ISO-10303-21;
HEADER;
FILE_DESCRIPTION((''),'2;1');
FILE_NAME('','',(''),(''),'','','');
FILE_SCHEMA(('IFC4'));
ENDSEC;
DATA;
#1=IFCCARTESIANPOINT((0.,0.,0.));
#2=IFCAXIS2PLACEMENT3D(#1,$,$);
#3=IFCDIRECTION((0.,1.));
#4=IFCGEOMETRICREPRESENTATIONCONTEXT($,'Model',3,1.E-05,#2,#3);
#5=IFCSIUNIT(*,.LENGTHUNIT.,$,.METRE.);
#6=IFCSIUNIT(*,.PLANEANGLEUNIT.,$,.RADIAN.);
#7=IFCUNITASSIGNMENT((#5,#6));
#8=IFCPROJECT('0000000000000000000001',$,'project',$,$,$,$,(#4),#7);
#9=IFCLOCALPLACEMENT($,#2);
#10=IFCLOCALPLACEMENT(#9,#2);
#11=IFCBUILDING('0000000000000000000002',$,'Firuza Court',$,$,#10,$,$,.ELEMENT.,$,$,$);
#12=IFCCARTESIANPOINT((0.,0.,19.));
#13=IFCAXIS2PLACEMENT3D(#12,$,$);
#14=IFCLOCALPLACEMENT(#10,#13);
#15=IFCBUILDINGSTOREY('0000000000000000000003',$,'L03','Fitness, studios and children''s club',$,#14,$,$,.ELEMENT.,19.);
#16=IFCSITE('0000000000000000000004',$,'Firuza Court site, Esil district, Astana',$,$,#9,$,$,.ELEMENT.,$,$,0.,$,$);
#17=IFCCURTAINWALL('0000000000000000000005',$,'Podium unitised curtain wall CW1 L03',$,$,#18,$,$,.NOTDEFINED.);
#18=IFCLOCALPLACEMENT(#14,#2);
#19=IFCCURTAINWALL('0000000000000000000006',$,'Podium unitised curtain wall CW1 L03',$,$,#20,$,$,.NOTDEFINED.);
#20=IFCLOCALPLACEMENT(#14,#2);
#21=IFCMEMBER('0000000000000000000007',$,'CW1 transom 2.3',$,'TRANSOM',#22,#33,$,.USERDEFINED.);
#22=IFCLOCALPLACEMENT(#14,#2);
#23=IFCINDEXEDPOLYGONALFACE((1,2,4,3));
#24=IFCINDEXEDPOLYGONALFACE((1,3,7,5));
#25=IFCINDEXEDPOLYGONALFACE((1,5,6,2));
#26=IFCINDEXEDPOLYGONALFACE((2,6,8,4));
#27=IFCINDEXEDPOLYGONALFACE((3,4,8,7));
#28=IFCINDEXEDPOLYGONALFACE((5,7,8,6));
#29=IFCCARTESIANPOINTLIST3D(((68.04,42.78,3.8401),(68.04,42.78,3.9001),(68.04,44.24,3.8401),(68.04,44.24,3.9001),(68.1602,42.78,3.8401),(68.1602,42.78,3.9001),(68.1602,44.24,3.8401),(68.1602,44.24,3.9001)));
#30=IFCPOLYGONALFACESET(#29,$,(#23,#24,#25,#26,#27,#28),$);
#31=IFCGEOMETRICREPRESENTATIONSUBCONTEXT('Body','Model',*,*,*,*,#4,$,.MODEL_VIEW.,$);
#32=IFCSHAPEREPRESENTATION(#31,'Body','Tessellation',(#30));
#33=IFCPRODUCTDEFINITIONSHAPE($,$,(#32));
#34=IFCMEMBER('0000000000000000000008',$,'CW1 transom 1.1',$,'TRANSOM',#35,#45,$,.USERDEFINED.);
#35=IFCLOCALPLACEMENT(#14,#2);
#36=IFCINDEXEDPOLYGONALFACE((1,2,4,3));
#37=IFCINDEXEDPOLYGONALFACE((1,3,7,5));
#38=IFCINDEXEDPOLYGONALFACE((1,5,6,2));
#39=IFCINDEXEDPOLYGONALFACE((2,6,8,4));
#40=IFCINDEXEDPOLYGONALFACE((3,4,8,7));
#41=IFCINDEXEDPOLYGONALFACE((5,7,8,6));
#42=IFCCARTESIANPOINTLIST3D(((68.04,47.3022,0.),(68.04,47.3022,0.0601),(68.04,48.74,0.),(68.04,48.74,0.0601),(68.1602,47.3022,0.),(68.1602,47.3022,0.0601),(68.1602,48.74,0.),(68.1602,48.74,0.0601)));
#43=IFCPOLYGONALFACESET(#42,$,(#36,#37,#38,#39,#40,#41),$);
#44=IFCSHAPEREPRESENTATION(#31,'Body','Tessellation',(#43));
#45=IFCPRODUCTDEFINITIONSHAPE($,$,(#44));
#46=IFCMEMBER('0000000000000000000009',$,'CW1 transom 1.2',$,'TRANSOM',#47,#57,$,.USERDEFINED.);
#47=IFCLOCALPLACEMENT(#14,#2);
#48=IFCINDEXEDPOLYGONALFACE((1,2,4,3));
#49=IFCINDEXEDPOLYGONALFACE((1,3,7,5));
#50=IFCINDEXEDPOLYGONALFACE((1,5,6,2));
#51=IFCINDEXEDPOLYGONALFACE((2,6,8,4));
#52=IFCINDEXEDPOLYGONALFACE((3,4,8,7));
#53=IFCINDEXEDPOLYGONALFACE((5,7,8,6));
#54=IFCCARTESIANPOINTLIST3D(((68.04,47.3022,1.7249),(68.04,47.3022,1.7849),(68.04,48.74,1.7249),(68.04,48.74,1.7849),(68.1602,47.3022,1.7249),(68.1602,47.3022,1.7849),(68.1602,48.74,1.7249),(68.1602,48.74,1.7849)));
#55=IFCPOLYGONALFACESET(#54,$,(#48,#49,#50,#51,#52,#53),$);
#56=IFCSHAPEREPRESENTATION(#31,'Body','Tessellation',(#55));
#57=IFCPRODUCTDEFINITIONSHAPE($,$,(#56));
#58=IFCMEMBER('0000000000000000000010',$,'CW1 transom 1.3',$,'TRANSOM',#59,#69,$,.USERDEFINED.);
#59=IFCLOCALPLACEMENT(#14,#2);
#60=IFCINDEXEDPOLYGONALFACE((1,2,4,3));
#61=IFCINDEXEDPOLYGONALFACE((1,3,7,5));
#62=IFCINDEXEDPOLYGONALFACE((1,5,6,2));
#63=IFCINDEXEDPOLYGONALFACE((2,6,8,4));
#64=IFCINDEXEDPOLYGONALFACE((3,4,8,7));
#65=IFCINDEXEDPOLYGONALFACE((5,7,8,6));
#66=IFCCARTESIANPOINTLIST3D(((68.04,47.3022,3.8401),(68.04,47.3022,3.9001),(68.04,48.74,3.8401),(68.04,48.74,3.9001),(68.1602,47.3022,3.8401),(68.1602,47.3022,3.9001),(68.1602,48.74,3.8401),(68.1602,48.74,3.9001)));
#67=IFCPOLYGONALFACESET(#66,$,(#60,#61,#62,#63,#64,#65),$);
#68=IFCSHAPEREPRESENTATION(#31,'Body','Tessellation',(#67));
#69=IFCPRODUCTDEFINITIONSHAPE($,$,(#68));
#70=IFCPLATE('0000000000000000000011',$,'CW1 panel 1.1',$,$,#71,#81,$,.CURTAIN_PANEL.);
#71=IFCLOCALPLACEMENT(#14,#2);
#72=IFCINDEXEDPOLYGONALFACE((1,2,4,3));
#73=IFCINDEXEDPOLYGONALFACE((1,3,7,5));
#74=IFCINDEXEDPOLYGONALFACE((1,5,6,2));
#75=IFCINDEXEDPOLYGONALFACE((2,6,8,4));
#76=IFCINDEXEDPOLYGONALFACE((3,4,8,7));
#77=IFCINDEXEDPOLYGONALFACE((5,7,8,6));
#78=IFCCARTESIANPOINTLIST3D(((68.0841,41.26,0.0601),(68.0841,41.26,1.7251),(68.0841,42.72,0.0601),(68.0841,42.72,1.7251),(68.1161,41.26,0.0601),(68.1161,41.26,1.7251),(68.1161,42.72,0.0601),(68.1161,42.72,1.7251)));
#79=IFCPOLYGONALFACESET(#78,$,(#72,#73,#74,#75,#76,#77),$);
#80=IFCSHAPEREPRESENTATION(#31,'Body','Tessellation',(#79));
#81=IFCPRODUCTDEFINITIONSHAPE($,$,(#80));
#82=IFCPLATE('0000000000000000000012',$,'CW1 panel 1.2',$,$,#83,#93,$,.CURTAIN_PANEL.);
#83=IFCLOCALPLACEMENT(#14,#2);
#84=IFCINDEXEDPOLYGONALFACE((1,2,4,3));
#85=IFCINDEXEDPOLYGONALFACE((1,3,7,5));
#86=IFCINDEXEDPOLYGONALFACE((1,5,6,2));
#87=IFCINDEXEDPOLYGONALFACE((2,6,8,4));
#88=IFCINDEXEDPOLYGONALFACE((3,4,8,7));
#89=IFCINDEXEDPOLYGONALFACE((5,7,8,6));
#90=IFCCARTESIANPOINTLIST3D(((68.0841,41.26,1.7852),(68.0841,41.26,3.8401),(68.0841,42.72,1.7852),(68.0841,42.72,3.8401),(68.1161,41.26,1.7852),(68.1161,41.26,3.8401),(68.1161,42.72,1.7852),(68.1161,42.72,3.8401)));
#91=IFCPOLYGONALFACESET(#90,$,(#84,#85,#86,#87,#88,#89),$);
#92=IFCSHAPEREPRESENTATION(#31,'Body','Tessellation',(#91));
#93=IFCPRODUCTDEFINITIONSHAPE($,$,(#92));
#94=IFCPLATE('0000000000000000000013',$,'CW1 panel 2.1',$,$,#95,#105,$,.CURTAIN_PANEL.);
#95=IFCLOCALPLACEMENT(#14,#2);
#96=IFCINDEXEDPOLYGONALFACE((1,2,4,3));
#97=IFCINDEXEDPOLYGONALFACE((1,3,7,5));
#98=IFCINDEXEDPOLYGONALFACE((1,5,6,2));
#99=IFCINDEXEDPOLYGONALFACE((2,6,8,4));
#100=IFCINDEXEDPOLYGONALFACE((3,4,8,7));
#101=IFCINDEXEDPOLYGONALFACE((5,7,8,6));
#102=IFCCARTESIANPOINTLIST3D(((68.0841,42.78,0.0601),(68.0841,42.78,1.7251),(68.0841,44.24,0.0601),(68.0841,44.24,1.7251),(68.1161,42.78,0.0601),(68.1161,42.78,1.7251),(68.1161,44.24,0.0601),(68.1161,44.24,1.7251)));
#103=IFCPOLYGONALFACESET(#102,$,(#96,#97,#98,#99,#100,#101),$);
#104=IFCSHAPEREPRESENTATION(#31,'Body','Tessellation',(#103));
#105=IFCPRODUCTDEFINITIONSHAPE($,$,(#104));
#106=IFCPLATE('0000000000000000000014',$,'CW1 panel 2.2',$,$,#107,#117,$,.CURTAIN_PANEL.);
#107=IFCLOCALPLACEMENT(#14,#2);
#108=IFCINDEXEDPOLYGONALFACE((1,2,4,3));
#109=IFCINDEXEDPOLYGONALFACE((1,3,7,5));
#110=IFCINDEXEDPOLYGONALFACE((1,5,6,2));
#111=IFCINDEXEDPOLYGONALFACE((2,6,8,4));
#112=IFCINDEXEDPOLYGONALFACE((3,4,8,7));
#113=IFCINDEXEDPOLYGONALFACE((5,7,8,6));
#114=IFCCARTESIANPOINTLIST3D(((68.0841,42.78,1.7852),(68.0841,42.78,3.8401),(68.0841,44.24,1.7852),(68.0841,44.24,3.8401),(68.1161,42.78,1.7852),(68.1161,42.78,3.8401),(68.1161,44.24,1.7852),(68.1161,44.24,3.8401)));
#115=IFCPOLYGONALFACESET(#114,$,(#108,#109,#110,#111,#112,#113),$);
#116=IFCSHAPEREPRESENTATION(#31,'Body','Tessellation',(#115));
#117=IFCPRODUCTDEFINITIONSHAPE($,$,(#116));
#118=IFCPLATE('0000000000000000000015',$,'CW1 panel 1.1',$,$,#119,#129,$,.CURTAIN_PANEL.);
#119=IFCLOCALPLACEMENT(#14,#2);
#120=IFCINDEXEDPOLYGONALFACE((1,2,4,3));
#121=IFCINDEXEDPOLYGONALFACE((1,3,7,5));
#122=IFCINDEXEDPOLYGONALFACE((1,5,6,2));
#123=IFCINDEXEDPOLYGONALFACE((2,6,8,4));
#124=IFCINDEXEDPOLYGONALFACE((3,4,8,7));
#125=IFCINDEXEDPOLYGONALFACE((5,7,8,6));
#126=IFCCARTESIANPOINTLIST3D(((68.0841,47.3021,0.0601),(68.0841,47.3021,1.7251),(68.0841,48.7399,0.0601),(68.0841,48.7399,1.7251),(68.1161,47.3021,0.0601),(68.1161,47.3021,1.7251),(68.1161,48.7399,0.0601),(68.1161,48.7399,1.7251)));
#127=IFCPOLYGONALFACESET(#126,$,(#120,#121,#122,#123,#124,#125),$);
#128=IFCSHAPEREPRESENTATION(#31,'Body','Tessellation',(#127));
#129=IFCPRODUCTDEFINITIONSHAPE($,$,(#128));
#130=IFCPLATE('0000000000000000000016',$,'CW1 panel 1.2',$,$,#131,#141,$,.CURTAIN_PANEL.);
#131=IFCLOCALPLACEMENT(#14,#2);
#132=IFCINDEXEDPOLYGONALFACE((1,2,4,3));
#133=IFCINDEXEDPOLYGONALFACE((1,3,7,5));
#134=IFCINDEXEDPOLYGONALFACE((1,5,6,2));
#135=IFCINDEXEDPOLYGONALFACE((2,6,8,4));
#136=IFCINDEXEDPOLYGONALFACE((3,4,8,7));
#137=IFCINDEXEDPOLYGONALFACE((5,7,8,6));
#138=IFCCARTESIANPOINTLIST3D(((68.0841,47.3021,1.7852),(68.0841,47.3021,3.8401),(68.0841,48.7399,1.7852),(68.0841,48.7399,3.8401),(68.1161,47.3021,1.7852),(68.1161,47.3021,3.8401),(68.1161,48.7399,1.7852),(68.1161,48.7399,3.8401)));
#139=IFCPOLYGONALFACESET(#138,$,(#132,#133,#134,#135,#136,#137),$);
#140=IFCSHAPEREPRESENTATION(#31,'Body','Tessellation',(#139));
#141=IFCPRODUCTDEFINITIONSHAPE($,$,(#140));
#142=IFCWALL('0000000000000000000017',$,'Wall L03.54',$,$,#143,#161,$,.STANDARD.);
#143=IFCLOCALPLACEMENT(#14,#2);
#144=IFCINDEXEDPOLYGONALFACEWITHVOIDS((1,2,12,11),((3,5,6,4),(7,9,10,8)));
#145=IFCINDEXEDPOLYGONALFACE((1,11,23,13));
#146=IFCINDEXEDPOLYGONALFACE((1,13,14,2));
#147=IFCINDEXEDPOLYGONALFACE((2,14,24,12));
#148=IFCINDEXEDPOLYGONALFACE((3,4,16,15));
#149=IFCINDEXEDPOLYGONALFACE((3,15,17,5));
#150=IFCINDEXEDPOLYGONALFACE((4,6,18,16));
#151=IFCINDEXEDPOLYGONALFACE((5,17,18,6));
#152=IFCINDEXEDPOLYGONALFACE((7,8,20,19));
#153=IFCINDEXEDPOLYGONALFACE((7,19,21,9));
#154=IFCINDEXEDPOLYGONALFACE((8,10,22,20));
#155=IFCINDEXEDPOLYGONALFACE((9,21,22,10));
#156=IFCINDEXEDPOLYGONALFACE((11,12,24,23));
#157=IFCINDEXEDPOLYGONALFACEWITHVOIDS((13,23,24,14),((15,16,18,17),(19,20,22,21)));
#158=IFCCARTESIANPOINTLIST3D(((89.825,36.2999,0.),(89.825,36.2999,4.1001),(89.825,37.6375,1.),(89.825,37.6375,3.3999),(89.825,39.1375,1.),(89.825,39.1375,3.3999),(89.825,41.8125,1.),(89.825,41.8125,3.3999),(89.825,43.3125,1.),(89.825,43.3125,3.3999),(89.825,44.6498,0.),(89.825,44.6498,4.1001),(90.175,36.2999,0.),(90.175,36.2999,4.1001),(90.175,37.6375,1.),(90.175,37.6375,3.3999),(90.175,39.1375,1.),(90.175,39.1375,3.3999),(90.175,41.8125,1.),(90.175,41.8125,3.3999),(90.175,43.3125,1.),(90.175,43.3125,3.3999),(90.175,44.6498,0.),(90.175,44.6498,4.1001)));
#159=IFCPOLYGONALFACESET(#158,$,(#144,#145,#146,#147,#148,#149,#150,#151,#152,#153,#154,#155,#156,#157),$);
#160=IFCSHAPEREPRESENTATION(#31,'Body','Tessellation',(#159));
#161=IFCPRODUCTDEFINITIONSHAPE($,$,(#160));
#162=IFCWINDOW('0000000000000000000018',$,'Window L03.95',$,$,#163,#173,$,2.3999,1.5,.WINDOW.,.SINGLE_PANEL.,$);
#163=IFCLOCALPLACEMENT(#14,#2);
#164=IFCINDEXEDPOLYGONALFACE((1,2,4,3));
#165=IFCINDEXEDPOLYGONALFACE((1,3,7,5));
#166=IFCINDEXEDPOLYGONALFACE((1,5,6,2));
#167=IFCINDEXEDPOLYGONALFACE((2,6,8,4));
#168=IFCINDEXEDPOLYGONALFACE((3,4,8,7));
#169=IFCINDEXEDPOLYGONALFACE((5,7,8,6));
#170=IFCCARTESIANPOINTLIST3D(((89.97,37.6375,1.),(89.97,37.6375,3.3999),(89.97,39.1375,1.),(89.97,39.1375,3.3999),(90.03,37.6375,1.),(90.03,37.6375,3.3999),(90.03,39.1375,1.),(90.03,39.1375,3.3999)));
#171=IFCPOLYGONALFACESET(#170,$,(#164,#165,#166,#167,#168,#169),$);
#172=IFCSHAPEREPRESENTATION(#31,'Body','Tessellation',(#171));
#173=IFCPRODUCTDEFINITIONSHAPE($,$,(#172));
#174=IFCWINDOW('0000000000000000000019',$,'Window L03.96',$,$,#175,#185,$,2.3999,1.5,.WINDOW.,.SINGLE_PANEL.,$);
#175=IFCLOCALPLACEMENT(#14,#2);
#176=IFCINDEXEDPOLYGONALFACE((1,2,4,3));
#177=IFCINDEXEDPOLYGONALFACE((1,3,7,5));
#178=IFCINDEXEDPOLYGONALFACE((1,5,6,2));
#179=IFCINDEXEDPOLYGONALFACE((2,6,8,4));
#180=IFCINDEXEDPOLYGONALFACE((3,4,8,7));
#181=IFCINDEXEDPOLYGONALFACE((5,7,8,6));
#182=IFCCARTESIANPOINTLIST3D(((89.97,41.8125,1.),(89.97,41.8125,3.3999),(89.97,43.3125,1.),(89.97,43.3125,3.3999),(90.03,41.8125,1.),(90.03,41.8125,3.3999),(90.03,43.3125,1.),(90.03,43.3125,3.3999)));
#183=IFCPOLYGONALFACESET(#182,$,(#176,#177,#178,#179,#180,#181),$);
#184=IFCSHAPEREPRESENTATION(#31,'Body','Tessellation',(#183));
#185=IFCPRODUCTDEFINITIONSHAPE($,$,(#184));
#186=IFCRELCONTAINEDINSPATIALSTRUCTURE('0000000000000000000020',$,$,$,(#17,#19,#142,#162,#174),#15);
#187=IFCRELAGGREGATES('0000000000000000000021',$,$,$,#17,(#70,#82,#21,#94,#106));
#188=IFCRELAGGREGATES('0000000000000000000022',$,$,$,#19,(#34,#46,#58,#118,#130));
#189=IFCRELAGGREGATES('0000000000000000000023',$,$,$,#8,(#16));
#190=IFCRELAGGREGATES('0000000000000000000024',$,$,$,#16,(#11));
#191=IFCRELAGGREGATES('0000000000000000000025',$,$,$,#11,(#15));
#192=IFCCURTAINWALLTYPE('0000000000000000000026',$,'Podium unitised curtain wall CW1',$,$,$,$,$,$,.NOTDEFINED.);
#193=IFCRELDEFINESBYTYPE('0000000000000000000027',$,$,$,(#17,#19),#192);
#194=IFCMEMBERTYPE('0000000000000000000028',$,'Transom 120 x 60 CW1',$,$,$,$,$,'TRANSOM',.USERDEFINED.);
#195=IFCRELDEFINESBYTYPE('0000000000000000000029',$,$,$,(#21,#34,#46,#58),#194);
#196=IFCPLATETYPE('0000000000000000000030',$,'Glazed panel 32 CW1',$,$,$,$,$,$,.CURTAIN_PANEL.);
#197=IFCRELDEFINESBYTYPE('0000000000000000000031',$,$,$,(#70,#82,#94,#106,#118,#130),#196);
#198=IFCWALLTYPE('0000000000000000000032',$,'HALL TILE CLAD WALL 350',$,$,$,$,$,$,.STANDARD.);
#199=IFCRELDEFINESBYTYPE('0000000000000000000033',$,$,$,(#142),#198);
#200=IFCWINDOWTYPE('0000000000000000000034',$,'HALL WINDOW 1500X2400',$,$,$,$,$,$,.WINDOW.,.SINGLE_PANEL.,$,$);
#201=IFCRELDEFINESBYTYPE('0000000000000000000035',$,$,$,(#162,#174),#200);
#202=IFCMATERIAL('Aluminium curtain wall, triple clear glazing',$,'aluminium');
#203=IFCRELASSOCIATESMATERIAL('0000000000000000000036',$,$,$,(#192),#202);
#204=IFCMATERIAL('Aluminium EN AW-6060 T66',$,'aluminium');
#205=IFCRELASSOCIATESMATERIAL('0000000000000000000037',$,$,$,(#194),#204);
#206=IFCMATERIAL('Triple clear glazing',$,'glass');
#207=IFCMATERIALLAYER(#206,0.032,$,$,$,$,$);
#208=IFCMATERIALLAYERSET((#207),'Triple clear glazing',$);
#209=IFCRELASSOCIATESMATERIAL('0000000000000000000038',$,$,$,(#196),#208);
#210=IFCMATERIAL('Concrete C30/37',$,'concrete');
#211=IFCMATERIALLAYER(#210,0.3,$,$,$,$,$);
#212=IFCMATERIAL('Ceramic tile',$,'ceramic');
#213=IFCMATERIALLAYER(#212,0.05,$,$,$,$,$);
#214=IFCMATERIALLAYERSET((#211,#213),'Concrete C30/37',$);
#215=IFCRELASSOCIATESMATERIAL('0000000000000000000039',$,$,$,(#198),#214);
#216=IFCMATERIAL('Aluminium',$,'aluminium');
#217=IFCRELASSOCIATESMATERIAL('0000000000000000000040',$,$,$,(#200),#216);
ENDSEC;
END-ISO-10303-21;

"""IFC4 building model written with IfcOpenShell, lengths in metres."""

from ifc_helpers import new_model, si_unit, direction, frame, frame_2d, origin, origin_2d, place, context, subcontext, project, spatial, rectangle, extrude, material, layer, layer_set, material_profile, profile_set, type_object, element, fill, aggregate, save


model = new_model("IFC4")

# Units and contexts
model_context = context("Model", 3, precision=1e-05, world=origin(), true_north=direction((0.0, 1.0)))
body_context = subcontext(model_context, "Body", "Model", "MODEL_VIEW")
ifc_project = project(units=[si_unit("LENGTHUNIT", "METRE"), si_unit("PLANEANGLEUNIT", "RADIAN")], contexts=[model_context])

# Site, building, storey
site_placement = place(None, origin())
site = spatial("IfcSite", under=ifc_project, at=site_placement, Name="Firuza Court site, Esil district, Astana", CompositionType="ELEMENT", RefElevation=0.0)
building_placement = place(site_placement, origin())
building = spatial("IfcBuilding", under=site, at=building_placement, Name="Firuza Court", CompositionType="ELEMENT")
storey_placement = place(building_placement, frame((0.0, 0.0, 19.0)))
storey = spatial("IfcBuildingStorey", under=building, at=storey_placement, Name="L03", Description="Fitness, studios and children's club", CompositionType="ELEMENT", Elevation=19.0)

# Shared definitions
ifc_material_1 = material(Name="Aluminium curtain wall, triple clear glazing", Category="aluminium")
curtain_wall_type_1 = type_object("IfcCurtainWallType", Name="Podium unitised curtain wall CW1", PredefinedType="NOTDEFINED", material=ifc_material_1)

# Curtain walls
curtain_wall_1_placement = place(storey_placement, origin())
curtain_wall_1 = element("IfcCurtainWall", 1, at=curtain_wall_1_placement, inside=storey, type_object=curtain_wall_type_1, Name="Podium unitised curtain wall CW1 L03", PredefinedType="NOTDEFINED")
curtain_wall_2_placement = place(storey_placement, origin())
curtain_wall_2 = element("IfcCurtainWall", 2, at=curtain_wall_2_placement, inside=storey, type_object=curtain_wall_type_1, Name="Podium unitised curtain wall CW1 L03", PredefinedType="NOTDEFINED")

# Members
ifc_material_2 = material(Name="Aluminium EN AW-6060 T66", Category="aluminium")
ifc_material_profile_1 = material_profile(ifc_material_2, rectangle(XDim=0.1201, YDim=0.0601, at=origin_2d()), Name="Transom 120 x 60 CW1")
ifc_profile_set_1 = profile_set([ifc_material_profile_1], Name="Aluminium EN AW-6060 T66")
member_type_1 = type_object("IfcMemberType", Name="Transom 120 x 60 CW1", ElementType="TRANSOM", PredefinedType="USERDEFINED", material=ifc_profile_set_1)
member_1_placement = place(storey_placement, frame((68.1001, 42.78, 3.8701), z_axis=(0.0, 1.0, 0.0), x_axis=(-1.0, 0.0, 0.0)))
member_1 = element("IfcMember", 3, at=member_1_placement, type_object=member_type_1, Name="CW1 transom 2.3", ObjectType="TRANSOM", PredefinedType="USERDEFINED", context=body_context, shape_type="SweptSolid", body=[
    extrude(rectangle(XDim=0.1201, YDim=0.0601, at=origin_2d()), origin(), (0.0, 0.0, 1.0), 1.46),
])
member_2_placement = place(storey_placement, frame((68.1001, 47.3022, 0.03), z_axis=(0.0, 1.0, 0.0), x_axis=(-1.0, 0.0, 0.0)))
member_2 = element("IfcMember", 4, at=member_2_placement, type_object=member_type_1, Name="CW1 transom 1.1", ObjectType="TRANSOM", PredefinedType="USERDEFINED", context=body_context, shape_type="SweptSolid", body=[
    extrude(rectangle(XDim=0.1201, YDim=0.0601, at=origin_2d()), origin(), (0.0, 0.0, 1.0), 1.4377),
])
member_3_placement = place(storey_placement, frame((68.1001, 47.3022, 1.7549), z_axis=(0.0, 1.0, 0.0), x_axis=(-1.0, 0.0, 0.0)))
member_3 = element("IfcMember", 5, at=member_3_placement, type_object=member_type_1, Name="CW1 transom 1.2", ObjectType="TRANSOM", PredefinedType="USERDEFINED", context=body_context, shape_type="SweptSolid", body=[
    extrude(rectangle(XDim=0.1201, YDim=0.0601, at=origin_2d()), origin(), (0.0, 0.0, 1.0), 1.4377),
])
member_4_placement = place(storey_placement, frame((68.1001, 47.3022, 3.8701), z_axis=(0.0, 1.0, 0.0), x_axis=(-1.0, 0.0, 0.0)))
member_4 = element("IfcMember", 6, at=member_4_placement, type_object=member_type_1, Name="CW1 transom 1.3", ObjectType="TRANSOM", PredefinedType="USERDEFINED", context=body_context, shape_type="SweptSolid", body=[
    extrude(rectangle(XDim=0.1201, YDim=0.0601, at=origin_2d()), origin(), (0.0, 0.0, 1.0), 1.4377),
])

# Plates
ifc_material_3 = material(Name="Triple clear glazing", Category="glass")
ifc_layer_1 = layer(ifc_material_3, 0.032)
ifc_layer_set_1 = layer_set([ifc_layer_1], Name="Triple clear glazing")
plate_type = type_object("IfcPlateType", Name="Glazed panel 32 CW1", PredefinedType="CURTAIN_PANEL", material=ifc_layer_set_1)
plate_1_placement = place(storey_placement, frame((68.1001, 41.99, 0.0601), z_axis=(0.0, 0.0, 1.0), x_axis=(0.0, 1.0, 0.0)))
plate_1 = element("IfcPlate", 7, at=plate_1_placement, type_object=plate_type, Name="CW1 panel 1.1", PredefinedType="CURTAIN_PANEL", context=body_context, shape_type="SweptSolid", body=[
    extrude(rectangle(XDim=1.46, YDim=0.032, at=origin_2d()), origin(), (0.0, 0.0, 1.0), 1.665),
])
plate_2_placement = place(storey_placement, frame((68.1001, 41.99, 1.7852), z_axis=(0.0, 0.0, 1.0), x_axis=(0.0, 1.0, 0.0)))
plate_2 = element("IfcPlate", 8, at=plate_2_placement, type_object=plate_type, Name="CW1 panel 1.2", PredefinedType="CURTAIN_PANEL", context=body_context, shape_type="SweptSolid", body=[
    extrude(rectangle(XDim=1.46, YDim=0.032, at=origin_2d()), origin(), (0.0, 0.0, 1.0), 2.0549),
])
plate_3_placement = place(storey_placement, frame((68.1001, 43.51, 0.0601), z_axis=(0.0, 0.0, 1.0), x_axis=(0.0, 1.0, 0.0)))
plate_3 = element("IfcPlate", 9, at=plate_3_placement, type_object=plate_type, Name="CW1 panel 2.1", PredefinedType="CURTAIN_PANEL", context=body_context, shape_type="SweptSolid", body=[
    extrude(rectangle(XDim=1.46, YDim=0.032, at=origin_2d()), origin(), (0.0, 0.0, 1.0), 1.665),
])
plate_4_placement = place(storey_placement, frame((68.1001, 43.51, 1.7852), z_axis=(0.0, 0.0, 1.0), x_axis=(0.0, 1.0, 0.0)))
plate_4 = element("IfcPlate", 10, at=plate_4_placement, type_object=plate_type, Name="CW1 panel 2.2", PredefinedType="CURTAIN_PANEL", context=body_context, shape_type="SweptSolid", body=[
    extrude(rectangle(XDim=1.46, YDim=0.032, at=origin_2d()), origin(), (0.0, 0.0, 1.0), 2.0549),
])
aggregate(curtain_wall_1, [plate_1, plate_2, member_1, plate_3, plate_4])
plate_5_placement = place(storey_placement, frame((68.1001, 48.021, 0.0601), z_axis=(0.0, 0.0, 1.0), x_axis=(0.0, 1.0, 0.0)))
plate_5 = element("IfcPlate", 11, at=plate_5_placement, type_object=plate_type, Name="CW1 panel 1.1", PredefinedType="CURTAIN_PANEL", context=body_context, shape_type="SweptSolid", body=[
    extrude(rectangle(XDim=1.4377, YDim=0.032, at=origin_2d()), origin(), (0.0, 0.0, 1.0), 1.665),
])
plate_6_placement = place(storey_placement, frame((68.1001, 48.021, 1.7852), z_axis=(0.0, 0.0, 1.0), x_axis=(0.0, 1.0, 0.0)))
plate_6 = element("IfcPlate", 12, at=plate_6_placement, type_object=plate_type, Name="CW1 panel 1.2", PredefinedType="CURTAIN_PANEL", context=body_context, shape_type="SweptSolid", body=[
    extrude(rectangle(XDim=1.4377, YDim=0.032, at=origin_2d()), origin(), (0.0, 0.0, 1.0), 2.0549),
])
aggregate(curtain_wall_2, [member_2, member_3, member_4, plate_5, plate_6])

# Wall, openings, windows
ifc_material_4 = material(Name="Concrete C30/37", Category="concrete")
ifc_layer_2 = layer(ifc_material_4, 0.3)
ifc_material_5 = material(Name="Ceramic tile", Category="ceramic")
ifc_layer_3 = layer(ifc_material_5, 0.05)
ifc_layer_set_2 = layer_set([ifc_layer_2, ifc_layer_3], Name="Concrete C30/37")
wall_type_1 = type_object("IfcWallType", Name="HALL TILE CLAD WALL 350", PredefinedType="STANDARD", material=ifc_layer_set_2)
wall_1_placement = place(storey_placement, frame((90.0, 36.3, 0.0), z_axis=(0.0, 0.0, 1.0), x_axis=(0.0, 1.0, 0.0)))
wall_1 = element("IfcWall", 13, at=wall_1_placement, inside=storey, type_object=wall_type_1, Name="Wall L03.54", PredefinedType="STANDARD", context=body_context, shape_type="SweptSolid", body=[
    extrude(rectangle(XDim=8.3499, YDim=0.3501, at=frame_2d((4.1748, 0.0))), origin(), (0.0, 0.0, 1.0), 4.1001),
])
opening_1_placement = place(wall_1_placement, frame((1.3374, 0.0, 1.0)))
opening_1 = element("IfcOpeningElement", 14, at=opening_1_placement, cuts=wall_1, PredefinedType="OPENING", context=body_context, shape_type="SweptSolid", body=[
    extrude(rectangle(XDim=1.5, YDim=2.3999, at=frame_2d((0.75, 1.2))), frame((0.0, 0.187, 0.0), z_axis=(0.0, -1.0, 0.0), x_axis=(1.0, 0.0, 0.0)), (0.0, 0.0, 1.0), 0.374),
])
opening_2_placement = place(wall_1_placement, frame((5.5125, 0.0, 1.0)))
opening_2 = element("IfcOpeningElement", 15, at=opening_2_placement, cuts=wall_1, PredefinedType="OPENING", context=body_context, shape_type="SweptSolid", body=[
    extrude(rectangle(XDim=1.5, YDim=2.3999, at=frame_2d((0.75, 1.2))), frame((0.0, 0.187, 0.0), z_axis=(0.0, -1.0, 0.0), x_axis=(1.0, 0.0, 0.0)), (0.0, 0.0, 1.0), 0.374),
])
ifc_material_6 = material(Name="Aluminium", Category="aluminium")
window_type = type_object("IfcWindowType", Name="HALL WINDOW 1500X2400", PartitioningType="SINGLE_PANEL", PredefinedType="WINDOW", material=ifc_material_6)
window_1_placement = place(opening_1_placement, origin())
window_1 = element("IfcWindow", 16, at=window_1_placement, inside=storey, type_object=window_type, Name="Window L03.95", OverallHeight=2.3999, OverallWidth=1.5, PartitioningType="SINGLE_PANEL", PredefinedType="WINDOW", context=body_context, shape_type="SweptSolid", body=[
    extrude(rectangle(XDim=1.5, YDim=2.3999, at=frame_2d((0.75, 1.2))), frame((0.0, 0.03, 0.0), z_axis=(0.0, -1.0, 0.0), x_axis=(1.0, 0.0, 0.0)), (0.0, 0.0, 1.0), 0.0601),
])
fill(opening_1, window_1)
window_2_placement = place(opening_2_placement, origin())
window_2 = element("IfcWindow", 17, at=window_2_placement, inside=storey, type_object=window_type, Name="Window L03.96", OverallHeight=2.3999, OverallWidth=1.5, PartitioningType="SINGLE_PANEL", PredefinedType="WINDOW", context=body_context, shape_type="SweptSolid", body=[
    extrude(rectangle(XDim=1.5, YDim=2.3999, at=frame_2d((0.75, 1.2))), frame((0.0, 0.03, 0.0), z_axis=(0.0, -1.0, 0.0), x_axis=(1.0, 0.0, 0.0)), (0.0, 0.0, 1.0), 0.0601),
])
fill(opening_2, window_2)

save(model, "model.ifc")
